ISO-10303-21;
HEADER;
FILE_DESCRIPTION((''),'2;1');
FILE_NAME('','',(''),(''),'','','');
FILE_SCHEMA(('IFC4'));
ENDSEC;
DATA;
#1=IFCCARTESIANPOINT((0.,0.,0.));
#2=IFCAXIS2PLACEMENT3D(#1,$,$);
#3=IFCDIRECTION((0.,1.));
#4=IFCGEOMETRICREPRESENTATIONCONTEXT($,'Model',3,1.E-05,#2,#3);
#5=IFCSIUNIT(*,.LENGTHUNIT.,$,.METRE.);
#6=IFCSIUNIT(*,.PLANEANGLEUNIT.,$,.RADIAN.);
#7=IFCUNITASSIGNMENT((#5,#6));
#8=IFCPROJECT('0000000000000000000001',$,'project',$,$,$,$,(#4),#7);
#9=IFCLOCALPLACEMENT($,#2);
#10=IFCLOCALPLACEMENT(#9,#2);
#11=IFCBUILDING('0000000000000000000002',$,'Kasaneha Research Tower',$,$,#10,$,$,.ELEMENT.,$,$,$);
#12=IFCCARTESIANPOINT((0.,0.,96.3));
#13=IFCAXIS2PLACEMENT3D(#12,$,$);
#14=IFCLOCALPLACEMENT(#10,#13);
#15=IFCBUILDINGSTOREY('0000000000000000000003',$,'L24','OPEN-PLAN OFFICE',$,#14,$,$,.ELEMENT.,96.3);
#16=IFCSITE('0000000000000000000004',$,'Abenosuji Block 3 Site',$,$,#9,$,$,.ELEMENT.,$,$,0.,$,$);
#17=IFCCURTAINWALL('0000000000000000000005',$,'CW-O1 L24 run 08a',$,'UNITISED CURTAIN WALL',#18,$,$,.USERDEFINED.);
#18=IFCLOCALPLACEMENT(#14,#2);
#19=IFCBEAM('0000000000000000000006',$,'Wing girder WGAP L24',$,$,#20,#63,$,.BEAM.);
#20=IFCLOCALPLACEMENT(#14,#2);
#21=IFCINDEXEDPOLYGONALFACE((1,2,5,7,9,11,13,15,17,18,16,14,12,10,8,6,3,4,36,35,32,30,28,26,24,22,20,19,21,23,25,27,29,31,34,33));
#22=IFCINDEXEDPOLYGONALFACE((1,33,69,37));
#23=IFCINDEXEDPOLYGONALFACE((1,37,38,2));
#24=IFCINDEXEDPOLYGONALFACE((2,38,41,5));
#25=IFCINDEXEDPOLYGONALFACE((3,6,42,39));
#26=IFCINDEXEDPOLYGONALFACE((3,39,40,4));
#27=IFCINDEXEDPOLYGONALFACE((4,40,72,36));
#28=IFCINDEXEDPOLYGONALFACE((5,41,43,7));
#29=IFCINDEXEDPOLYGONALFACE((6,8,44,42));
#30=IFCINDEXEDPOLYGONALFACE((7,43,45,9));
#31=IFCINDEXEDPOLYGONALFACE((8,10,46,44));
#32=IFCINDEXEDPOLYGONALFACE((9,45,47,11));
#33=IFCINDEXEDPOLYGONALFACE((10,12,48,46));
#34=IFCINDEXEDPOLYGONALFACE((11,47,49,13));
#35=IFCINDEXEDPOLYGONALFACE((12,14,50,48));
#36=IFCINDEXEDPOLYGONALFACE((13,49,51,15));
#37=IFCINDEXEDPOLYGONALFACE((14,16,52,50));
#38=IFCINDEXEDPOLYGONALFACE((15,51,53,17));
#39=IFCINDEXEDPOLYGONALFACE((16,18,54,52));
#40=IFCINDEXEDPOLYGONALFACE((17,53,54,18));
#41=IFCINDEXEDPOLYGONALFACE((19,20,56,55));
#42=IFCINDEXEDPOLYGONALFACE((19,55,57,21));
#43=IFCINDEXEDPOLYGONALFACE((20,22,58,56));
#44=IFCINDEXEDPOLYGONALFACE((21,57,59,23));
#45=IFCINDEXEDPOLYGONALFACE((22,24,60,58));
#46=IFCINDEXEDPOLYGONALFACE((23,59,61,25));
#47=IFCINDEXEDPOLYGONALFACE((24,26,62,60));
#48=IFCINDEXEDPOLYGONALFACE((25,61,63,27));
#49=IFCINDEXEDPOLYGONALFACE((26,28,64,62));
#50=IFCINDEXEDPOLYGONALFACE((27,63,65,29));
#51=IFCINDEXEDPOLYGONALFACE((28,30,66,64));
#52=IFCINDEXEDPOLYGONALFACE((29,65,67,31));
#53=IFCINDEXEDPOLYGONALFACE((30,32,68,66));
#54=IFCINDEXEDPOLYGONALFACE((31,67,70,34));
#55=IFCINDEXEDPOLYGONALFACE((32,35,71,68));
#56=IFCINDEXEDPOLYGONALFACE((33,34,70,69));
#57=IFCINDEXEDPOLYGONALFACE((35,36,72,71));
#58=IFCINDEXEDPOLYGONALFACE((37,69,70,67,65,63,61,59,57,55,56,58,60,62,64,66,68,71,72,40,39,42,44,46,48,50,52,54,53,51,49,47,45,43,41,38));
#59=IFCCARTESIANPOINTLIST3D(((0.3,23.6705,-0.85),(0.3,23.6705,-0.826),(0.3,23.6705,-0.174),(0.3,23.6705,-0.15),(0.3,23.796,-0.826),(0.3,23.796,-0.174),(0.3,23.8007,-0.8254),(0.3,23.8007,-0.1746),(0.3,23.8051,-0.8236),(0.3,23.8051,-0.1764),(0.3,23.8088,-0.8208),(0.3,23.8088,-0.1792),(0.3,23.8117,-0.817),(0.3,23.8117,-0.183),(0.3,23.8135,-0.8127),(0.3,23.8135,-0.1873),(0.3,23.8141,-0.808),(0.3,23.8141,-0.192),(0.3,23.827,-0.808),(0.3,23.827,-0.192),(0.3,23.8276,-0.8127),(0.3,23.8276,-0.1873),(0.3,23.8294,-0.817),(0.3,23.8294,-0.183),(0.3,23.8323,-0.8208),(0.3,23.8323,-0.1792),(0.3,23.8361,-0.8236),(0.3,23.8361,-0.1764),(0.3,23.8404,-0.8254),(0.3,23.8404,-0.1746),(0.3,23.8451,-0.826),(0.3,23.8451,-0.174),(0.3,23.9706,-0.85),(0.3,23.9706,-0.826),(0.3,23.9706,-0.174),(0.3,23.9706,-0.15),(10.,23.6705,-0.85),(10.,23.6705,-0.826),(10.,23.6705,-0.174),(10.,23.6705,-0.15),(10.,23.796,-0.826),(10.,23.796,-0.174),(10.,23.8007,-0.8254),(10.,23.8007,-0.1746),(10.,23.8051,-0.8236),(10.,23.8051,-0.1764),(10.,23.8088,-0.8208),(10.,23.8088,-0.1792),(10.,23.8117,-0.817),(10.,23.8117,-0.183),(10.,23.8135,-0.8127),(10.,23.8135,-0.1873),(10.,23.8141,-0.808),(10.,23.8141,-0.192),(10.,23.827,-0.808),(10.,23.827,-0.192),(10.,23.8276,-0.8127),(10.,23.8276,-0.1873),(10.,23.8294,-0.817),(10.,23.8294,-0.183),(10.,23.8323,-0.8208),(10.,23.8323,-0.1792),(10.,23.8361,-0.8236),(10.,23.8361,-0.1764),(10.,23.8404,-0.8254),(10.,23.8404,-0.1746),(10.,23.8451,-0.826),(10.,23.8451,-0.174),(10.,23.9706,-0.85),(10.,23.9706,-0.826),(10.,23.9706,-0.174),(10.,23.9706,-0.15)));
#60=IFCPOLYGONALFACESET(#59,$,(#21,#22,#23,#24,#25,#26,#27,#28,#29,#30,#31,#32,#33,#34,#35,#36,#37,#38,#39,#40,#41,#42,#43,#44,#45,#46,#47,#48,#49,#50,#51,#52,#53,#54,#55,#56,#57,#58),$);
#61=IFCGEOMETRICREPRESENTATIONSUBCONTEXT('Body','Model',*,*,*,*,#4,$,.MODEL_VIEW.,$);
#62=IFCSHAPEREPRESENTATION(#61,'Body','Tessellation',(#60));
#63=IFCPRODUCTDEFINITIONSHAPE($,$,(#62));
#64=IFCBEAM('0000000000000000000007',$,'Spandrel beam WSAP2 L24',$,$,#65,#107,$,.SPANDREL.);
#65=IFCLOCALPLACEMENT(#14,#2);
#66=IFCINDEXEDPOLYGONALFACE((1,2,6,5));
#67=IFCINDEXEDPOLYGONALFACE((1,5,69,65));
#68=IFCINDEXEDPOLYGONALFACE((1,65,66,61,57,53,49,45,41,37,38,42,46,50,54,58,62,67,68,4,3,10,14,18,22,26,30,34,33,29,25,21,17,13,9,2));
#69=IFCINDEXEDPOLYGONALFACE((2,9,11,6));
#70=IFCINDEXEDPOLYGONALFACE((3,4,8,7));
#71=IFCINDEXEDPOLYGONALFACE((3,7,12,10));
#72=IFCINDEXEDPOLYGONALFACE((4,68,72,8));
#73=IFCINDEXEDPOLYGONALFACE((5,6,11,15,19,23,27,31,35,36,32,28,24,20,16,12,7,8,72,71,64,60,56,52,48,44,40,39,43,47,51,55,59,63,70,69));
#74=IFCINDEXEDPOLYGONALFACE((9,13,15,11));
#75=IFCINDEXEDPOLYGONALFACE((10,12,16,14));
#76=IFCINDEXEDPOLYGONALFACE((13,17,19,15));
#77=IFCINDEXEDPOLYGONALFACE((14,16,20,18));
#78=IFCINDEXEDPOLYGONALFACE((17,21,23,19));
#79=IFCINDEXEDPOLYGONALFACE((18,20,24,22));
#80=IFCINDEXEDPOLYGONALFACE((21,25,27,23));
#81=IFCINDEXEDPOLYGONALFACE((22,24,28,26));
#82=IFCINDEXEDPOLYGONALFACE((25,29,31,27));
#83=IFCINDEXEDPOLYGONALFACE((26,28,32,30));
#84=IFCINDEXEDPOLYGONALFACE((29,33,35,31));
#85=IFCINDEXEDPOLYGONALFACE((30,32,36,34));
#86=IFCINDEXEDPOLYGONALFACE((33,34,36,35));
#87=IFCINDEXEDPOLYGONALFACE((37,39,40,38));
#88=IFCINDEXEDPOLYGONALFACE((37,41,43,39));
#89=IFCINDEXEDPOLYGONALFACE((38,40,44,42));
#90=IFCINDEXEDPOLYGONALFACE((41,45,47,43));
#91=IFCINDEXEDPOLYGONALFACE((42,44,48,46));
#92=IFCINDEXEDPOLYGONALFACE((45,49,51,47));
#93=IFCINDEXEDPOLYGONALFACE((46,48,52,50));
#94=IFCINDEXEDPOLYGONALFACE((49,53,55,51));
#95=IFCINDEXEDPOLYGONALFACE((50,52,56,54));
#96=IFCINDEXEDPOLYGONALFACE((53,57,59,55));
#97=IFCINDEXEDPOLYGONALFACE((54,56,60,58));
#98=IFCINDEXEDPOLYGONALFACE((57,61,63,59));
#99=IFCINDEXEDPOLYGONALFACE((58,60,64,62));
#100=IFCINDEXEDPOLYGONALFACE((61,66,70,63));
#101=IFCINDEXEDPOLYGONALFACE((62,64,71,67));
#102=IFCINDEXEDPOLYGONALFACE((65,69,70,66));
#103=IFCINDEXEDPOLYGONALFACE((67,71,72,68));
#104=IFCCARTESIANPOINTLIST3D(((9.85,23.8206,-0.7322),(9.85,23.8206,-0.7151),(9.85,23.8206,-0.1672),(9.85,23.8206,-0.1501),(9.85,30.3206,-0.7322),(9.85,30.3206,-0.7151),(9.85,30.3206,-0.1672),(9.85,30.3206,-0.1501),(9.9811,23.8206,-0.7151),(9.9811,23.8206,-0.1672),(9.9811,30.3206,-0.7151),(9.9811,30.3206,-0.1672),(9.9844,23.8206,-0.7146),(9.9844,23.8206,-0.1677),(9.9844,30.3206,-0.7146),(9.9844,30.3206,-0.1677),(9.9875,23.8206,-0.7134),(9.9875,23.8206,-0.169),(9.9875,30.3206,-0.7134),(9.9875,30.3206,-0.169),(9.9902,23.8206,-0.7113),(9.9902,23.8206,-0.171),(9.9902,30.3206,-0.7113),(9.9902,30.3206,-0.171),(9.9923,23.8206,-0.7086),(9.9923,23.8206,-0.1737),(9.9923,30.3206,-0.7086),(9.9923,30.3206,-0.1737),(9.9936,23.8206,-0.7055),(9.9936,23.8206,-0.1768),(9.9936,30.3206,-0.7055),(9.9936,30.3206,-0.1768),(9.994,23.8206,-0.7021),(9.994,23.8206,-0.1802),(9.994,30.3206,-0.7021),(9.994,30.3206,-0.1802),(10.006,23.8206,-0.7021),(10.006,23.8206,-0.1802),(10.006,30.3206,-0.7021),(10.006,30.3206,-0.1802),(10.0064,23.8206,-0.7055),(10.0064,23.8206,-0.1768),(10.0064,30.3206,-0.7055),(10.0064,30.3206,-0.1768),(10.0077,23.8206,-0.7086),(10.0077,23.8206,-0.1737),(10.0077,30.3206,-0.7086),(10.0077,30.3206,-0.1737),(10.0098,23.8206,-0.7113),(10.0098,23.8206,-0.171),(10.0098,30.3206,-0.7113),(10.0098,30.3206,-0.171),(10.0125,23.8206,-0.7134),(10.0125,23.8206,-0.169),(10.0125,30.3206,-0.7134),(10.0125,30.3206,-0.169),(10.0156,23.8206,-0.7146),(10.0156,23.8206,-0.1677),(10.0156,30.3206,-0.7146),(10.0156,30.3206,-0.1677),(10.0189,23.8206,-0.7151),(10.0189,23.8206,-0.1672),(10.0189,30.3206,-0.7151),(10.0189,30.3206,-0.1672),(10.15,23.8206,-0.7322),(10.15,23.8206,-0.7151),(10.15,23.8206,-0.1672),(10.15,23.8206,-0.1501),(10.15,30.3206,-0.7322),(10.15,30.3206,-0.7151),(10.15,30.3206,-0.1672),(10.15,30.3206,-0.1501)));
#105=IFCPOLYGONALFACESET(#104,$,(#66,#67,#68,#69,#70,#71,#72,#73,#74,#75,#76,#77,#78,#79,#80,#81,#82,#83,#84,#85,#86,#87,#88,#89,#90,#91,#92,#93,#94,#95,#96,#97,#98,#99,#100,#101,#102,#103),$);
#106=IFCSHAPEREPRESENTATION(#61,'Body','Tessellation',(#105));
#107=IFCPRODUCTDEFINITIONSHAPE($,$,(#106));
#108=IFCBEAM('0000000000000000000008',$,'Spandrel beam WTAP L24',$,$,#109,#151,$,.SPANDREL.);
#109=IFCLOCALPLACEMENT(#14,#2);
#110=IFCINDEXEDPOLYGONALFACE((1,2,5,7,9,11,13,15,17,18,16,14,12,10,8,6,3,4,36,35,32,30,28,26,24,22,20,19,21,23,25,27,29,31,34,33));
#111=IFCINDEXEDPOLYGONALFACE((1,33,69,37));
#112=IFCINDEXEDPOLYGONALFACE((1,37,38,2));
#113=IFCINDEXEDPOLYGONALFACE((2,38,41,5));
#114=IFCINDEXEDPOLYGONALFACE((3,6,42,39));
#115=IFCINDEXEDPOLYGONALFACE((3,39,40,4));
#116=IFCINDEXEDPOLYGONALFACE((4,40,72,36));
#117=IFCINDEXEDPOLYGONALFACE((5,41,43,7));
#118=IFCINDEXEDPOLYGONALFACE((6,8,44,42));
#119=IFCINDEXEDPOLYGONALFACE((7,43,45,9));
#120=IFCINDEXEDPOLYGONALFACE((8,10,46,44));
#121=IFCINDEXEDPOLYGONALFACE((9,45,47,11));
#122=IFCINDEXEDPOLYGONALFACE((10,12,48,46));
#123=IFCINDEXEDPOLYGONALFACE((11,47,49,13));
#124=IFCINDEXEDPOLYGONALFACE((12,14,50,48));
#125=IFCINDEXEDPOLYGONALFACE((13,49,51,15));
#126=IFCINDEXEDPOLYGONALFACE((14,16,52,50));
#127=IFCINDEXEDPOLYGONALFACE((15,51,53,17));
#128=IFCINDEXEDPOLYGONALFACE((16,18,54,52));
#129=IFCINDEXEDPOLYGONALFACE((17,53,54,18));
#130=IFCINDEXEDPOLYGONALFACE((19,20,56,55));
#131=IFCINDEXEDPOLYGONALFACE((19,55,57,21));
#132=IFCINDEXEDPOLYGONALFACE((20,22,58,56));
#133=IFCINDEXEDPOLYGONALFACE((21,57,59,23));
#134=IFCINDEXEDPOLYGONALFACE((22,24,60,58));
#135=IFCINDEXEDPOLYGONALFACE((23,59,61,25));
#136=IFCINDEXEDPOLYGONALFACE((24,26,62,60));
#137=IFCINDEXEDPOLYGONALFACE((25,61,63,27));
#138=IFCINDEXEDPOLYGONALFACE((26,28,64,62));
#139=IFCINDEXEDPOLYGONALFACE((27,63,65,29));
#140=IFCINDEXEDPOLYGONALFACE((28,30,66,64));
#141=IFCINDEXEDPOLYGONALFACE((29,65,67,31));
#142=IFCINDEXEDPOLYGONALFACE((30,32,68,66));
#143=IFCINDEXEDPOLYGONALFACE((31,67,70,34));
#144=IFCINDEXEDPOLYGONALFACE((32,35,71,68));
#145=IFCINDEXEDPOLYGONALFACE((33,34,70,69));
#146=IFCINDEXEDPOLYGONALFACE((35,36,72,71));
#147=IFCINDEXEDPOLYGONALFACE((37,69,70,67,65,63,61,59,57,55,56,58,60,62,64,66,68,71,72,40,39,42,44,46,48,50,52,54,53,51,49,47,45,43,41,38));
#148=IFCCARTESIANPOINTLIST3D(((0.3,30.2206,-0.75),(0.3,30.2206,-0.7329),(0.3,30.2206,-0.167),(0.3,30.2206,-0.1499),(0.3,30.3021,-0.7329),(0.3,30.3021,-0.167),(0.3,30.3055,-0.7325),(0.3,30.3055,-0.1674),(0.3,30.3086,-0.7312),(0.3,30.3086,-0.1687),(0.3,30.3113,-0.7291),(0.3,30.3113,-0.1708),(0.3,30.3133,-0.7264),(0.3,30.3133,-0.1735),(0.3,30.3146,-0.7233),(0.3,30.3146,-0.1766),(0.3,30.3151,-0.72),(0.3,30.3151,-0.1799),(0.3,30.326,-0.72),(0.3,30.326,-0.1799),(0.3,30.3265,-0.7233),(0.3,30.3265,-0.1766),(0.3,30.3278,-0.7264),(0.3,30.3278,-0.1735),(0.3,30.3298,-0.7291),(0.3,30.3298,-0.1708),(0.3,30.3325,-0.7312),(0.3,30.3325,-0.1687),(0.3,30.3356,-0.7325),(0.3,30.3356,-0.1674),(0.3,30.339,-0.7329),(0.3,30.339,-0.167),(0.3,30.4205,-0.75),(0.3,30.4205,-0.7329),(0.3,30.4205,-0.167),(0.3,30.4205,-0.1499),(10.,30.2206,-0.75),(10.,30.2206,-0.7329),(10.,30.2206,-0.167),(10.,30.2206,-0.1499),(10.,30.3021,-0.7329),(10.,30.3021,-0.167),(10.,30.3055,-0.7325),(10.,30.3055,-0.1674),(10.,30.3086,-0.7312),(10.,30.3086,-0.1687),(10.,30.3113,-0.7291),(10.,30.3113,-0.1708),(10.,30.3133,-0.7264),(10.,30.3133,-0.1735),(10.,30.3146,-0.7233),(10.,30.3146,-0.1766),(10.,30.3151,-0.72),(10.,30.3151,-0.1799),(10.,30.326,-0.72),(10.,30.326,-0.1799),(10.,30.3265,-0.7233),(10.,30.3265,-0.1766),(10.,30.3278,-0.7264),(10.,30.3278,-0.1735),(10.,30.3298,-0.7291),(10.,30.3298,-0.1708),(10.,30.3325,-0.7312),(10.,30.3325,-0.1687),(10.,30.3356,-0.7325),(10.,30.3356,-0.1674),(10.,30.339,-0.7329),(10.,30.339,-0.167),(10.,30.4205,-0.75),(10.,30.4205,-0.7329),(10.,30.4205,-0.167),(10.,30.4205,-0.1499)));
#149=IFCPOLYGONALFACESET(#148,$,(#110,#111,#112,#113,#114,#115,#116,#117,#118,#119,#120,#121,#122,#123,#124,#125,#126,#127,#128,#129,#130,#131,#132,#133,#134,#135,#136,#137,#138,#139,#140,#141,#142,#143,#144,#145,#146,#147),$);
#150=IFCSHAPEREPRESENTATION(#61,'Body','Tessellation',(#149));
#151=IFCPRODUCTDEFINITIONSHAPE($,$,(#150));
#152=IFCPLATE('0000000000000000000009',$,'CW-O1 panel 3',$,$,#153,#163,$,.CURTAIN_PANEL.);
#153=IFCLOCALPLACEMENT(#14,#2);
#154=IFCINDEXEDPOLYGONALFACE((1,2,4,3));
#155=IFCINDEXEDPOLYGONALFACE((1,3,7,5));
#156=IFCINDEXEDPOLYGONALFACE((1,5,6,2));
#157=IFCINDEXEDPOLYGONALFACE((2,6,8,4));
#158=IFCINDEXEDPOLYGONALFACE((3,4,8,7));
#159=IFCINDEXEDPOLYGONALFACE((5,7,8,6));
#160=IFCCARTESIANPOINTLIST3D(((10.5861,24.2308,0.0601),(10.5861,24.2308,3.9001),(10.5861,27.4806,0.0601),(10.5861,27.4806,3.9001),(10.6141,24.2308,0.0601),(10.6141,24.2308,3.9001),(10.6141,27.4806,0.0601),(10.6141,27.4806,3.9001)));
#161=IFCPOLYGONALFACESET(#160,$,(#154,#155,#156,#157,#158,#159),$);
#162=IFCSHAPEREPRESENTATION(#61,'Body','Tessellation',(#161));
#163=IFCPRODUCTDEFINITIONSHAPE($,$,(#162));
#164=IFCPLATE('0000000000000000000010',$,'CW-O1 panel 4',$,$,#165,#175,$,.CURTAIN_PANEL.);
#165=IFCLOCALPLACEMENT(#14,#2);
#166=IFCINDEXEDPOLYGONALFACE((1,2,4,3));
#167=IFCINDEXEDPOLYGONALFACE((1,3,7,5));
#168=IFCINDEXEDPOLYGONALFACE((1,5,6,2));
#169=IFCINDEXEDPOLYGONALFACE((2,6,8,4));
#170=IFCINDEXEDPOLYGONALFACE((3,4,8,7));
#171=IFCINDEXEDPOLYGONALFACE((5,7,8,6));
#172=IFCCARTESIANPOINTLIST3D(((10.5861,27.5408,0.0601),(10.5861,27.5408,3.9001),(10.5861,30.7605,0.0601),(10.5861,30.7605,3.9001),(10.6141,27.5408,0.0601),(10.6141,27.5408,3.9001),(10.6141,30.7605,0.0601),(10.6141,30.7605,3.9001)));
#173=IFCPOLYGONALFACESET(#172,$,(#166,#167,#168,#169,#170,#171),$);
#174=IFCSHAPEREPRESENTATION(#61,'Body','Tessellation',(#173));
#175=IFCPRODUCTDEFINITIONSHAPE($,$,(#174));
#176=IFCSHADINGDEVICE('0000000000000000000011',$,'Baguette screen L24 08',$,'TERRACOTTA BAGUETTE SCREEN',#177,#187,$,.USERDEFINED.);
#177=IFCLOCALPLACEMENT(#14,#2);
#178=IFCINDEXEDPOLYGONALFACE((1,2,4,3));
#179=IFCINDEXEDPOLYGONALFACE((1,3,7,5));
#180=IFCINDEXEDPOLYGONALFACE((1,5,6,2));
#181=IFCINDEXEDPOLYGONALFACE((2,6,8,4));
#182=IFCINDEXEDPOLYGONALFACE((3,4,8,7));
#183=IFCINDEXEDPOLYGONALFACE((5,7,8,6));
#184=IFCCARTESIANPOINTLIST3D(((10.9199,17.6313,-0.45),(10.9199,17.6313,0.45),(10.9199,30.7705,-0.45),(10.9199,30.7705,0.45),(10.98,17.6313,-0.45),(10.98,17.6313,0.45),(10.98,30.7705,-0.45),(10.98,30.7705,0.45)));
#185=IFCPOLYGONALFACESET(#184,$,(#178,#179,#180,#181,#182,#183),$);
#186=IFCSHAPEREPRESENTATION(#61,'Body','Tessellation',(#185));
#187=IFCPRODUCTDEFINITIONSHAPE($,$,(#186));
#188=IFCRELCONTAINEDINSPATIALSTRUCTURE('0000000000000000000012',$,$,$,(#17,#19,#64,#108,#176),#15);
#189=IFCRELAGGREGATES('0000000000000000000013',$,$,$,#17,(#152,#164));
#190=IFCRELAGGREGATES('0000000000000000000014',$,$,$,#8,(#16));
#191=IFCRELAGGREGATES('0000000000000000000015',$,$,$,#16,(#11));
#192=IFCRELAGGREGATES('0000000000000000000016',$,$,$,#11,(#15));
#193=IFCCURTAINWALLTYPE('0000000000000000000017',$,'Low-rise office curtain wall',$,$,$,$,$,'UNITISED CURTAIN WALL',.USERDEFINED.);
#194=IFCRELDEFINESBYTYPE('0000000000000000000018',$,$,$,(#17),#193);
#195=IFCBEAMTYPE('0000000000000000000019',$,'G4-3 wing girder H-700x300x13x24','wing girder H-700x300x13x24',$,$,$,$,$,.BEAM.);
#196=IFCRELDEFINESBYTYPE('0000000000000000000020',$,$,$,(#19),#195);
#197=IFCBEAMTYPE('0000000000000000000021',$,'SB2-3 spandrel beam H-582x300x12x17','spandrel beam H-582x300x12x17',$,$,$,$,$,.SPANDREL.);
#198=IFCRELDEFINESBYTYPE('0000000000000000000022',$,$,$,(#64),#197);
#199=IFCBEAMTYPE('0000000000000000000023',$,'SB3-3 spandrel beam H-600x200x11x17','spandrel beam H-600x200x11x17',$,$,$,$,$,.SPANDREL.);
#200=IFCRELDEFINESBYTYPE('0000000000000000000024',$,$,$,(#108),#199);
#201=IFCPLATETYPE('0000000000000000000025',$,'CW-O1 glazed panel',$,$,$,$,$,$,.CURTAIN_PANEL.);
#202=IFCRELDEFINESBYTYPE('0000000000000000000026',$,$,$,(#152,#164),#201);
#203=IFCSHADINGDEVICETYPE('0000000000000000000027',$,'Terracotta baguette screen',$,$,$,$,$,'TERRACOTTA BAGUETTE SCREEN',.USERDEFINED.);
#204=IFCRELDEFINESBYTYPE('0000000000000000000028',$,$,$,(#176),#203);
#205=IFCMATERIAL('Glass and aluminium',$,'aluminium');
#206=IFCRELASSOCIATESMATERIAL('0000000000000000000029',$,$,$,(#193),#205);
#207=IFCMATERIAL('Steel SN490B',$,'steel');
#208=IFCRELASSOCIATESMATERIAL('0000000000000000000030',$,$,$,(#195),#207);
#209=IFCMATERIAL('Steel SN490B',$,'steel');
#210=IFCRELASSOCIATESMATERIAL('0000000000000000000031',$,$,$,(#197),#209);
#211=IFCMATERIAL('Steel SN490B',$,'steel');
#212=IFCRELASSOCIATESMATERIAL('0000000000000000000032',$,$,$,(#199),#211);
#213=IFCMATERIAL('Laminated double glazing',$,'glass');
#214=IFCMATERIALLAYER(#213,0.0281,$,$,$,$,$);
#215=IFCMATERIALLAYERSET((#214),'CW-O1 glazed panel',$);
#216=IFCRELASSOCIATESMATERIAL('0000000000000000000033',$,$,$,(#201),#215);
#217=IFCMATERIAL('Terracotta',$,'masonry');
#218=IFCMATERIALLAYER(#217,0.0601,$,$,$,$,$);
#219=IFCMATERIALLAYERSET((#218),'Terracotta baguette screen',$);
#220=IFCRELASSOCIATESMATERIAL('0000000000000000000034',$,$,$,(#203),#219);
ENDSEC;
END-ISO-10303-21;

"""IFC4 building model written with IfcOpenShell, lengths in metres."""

from ifc_helpers import new_model, si_unit, direction, frame, origin, origin_2d, place, context, subcontext, project, spatial, rectangle, i_section, extrude, material, layer, layer_set, material_profile, profile_set, type_object, element, aggregate, save


model = new_model("IFC4")

# Units and contexts
model_context = context("Model", 3, precision=1e-05, world=origin(), true_north=direction((0.0, 1.0)))
body_context = subcontext(model_context, "Body", "Model", "MODEL_VIEW")
ifc_project = project(units=[si_unit("LENGTHUNIT", "METRE"), si_unit("PLANEANGLEUNIT", "RADIAN")], contexts=[model_context])

# Site, building, storey
site_placement = place(None, origin())
site = spatial("IfcSite", under=ifc_project, at=site_placement, Name="Abenosuji Block 3 Site", CompositionType="ELEMENT", RefElevation=0.0)
building_placement = place(site_placement, origin())
building = spatial("IfcBuilding", under=site, at=building_placement, Name="Kasaneha Research Tower", CompositionType="ELEMENT")
storey_placement = place(building_placement, frame((0.0, 0.0, 96.3)))
storey = spatial("IfcBuildingStorey", under=building, at=storey_placement, Name="L24", Description="OPEN-PLAN OFFICE", CompositionType="ELEMENT", Elevation=96.3)

# Curtain wall
ifc_material_1 = material(Name="Glass and aluminium", Category="aluminium")
curtain_wall_type = type_object("IfcCurtainWallType", Name="Low-rise office curtain wall", ElementType="UNITISED CURTAIN WALL", PredefinedType="USERDEFINED", material=ifc_material_1)
curtain_wall_1_placement = place(storey_placement, origin())
curtain_wall_1 = element("IfcCurtainWall", 1, at=curtain_wall_1_placement, inside=storey, type_object=curtain_wall_type, Name="CW-O1 L24 run 08a", ObjectType="UNITISED CURTAIN WALL", PredefinedType="USERDEFINED")

# Beams
ifc_material_2 = material(Name="Steel SN490B", Category="steel")
ifc_material_profile_1 = material_profile(ifc_material_2, i_section(OverallWidth=0.3, OverallDepth=0.7, WebThickness=0.0129, FlangeThickness=0.0239, FilletRadius=0.0181, at=origin_2d()), Name="H-700x300x13x24")
ifc_profile_set_1 = profile_set([ifc_material_profile_1], Name="Steel SN490B")
beam_type_1 = type_object("IfcBeamType", Name="G4-3 wing girder H-700x300x13x24", Description="wing girder H-700x300x13x24", PredefinedType="BEAM", material=ifc_profile_set_1)
beam_1_placement = place(storey_placement, frame((10.0, 23.8206, -0.5), z_axis=(-1.0, 0.0, 0.0), x_axis=(0.0, -1.0, 0.0)))
element("IfcBeam", 2, at=beam_1_placement, inside=storey, type_object=beam_type_1, Name="Wing girder WGAP L24", PredefinedType="BEAM", context=body_context, shape_type="SweptSolid", body=[
    extrude(i_section(OverallWidth=0.3, OverallDepth=0.7, WebThickness=0.0129, FlangeThickness=0.0239, FilletRadius=0.0181, at=origin_2d()), origin(), (0.0, 0.0, 1.0), 9.7),
])
ifc_material_3 = material(Name="Steel SN490B", Category="steel")
ifc_material_profile_2 = material_profile(ifc_material_3, i_section(OverallWidth=0.3, OverallDepth=0.582, WebThickness=0.012, FlangeThickness=0.0171, FilletRadius=0.0129, at=origin_2d()), Name="H-582x300x12x17")
ifc_profile_set_2 = profile_set([ifc_material_profile_2], Name="Steel SN490B")
beam_type_2 = type_object("IfcBeamType", Name="SB2-3 spandrel beam H-582x300x12x17", Description="spandrel beam H-582x300x12x17", PredefinedType="SPANDREL", material=ifc_profile_set_2)
beam_2_placement = place(storey_placement, frame((10.0, 23.8206, -0.4412), z_axis=(0.0, 1.0, 0.0), x_axis=(-1.0, 0.0, 0.0)))
element("IfcBeam", 3, at=beam_2_placement, inside=storey, type_object=beam_type_2, Name="Spandrel beam WSAP2 L24", PredefinedType="SPANDREL", context=body_context, shape_type="SweptSolid", body=[
    extrude(i_section(OverallWidth=0.3, OverallDepth=0.582, WebThickness=0.012, FlangeThickness=0.0171, FilletRadius=0.0129, at=origin_2d()), origin(), (0.0, 0.0, 1.0), 6.5),
])
ifc_material_4 = material(Name="Steel SN490B", Category="steel")
ifc_material_profile_3 = material_profile(ifc_material_4, i_section(OverallWidth=0.2, OverallDepth=0.6001, WebThickness=0.011, FlangeThickness=0.0171, FilletRadius=0.0129, at=origin_2d()), Name="H-600x200x11x17")
ifc_profile_set_3 = profile_set([ifc_material_profile_3], Name="Steel SN490B")
beam_type_3 = type_object("IfcBeamType", Name="SB3-3 spandrel beam H-600x200x11x17", Description="spandrel beam H-600x200x11x17", PredefinedType="SPANDREL", material=ifc_profile_set_3)
beam_3_placement = place(storey_placement, frame((10.0, 30.3206, -0.45), z_axis=(-1.0, 0.0, 0.0), x_axis=(0.0, -1.0, 0.0)))
element("IfcBeam", 4, at=beam_3_placement, inside=storey, type_object=beam_type_3, Name="Spandrel beam WTAP L24", PredefinedType="SPANDREL", context=body_context, shape_type="SweptSolid", body=[
    extrude(i_section(OverallWidth=0.2, OverallDepth=0.6001, WebThickness=0.011, FlangeThickness=0.0171, FilletRadius=0.0129, at=origin_2d()), origin(), (0.0, 0.0, 1.0), 9.7),
])

# Plates
ifc_material_5 = material(Name="Laminated double glazing", Category="glass")
ifc_layer_1 = layer(ifc_material_5, 0.0281)
ifc_layer_set_1 = layer_set([ifc_layer_1], Name="CW-O1 glazed panel")
plate_type = type_object("IfcPlateType", Name="CW-O1 glazed panel", PredefinedType="CURTAIN_PANEL", material=ifc_layer_set_1)
plate_1_placement = place(storey_placement, frame((10.6001, 25.8557, 0.0601), z_axis=(0.0, 0.0, 1.0), x_axis=(0.0, 1.0, 0.0)))
plate_1 = element("IfcPlate", 5, at=plate_1_placement, type_object=plate_type, Name="CW-O1 panel 3", PredefinedType="CURTAIN_PANEL", context=body_context, shape_type="SweptSolid", body=[
    extrude(rectangle(XDim=3.2498, YDim=0.0281, at=origin_2d()), origin(), (0.0, 0.0, 1.0), 3.8401),
])
plate_2_placement = place(storey_placement, frame((10.6001, 29.1506, 0.0601), z_axis=(0.0, 0.0, 1.0), x_axis=(0.0, 1.0, 0.0)))
plate_2 = element("IfcPlate", 6, at=plate_2_placement, type_object=plate_type, Name="CW-O1 panel 4", PredefinedType="CURTAIN_PANEL", context=body_context, shape_type="SweptSolid", body=[
    extrude(rectangle(XDim=3.2197, YDim=0.0281, at=origin_2d()), origin(), (0.0, 0.0, 1.0), 3.8401),
])
aggregate(curtain_wall_1, [plate_1, plate_2])

# Shading device
ifc_material_6 = material(Name="Terracotta", Category="masonry")
ifc_layer_2 = layer(ifc_material_6, 0.0601)
ifc_layer_set_2 = layer_set([ifc_layer_2], Name="Terracotta baguette screen")
shading_device_type = type_object("IfcShadingDeviceType", Name="Terracotta baguette screen", ElementType="TERRACOTTA BAGUETTE SCREEN", PredefinedType="USERDEFINED", material=ifc_layer_set_2)
shading_device_placement = place(storey_placement, frame((10.95, 24.2009, -0.45), z_axis=(0.0, 0.0, 1.0), x_axis=(0.0, 1.0, 0.0)))
element("IfcShadingDevice", 7, at=shading_device_placement, inside=storey, type_object=shading_device_type, Name="Baguette screen L24 08", ObjectType="TERRACOTTA BAGUETTE SCREEN", PredefinedType="USERDEFINED", context=body_context, shape_type="SweptSolid", body=[
    extrude(rectangle(XDim=13.1392, YDim=0.0601, at=origin_2d()), origin(), (0.0, 0.0, 1.0), 0.8999),
])

save(model, "model.ifc")
